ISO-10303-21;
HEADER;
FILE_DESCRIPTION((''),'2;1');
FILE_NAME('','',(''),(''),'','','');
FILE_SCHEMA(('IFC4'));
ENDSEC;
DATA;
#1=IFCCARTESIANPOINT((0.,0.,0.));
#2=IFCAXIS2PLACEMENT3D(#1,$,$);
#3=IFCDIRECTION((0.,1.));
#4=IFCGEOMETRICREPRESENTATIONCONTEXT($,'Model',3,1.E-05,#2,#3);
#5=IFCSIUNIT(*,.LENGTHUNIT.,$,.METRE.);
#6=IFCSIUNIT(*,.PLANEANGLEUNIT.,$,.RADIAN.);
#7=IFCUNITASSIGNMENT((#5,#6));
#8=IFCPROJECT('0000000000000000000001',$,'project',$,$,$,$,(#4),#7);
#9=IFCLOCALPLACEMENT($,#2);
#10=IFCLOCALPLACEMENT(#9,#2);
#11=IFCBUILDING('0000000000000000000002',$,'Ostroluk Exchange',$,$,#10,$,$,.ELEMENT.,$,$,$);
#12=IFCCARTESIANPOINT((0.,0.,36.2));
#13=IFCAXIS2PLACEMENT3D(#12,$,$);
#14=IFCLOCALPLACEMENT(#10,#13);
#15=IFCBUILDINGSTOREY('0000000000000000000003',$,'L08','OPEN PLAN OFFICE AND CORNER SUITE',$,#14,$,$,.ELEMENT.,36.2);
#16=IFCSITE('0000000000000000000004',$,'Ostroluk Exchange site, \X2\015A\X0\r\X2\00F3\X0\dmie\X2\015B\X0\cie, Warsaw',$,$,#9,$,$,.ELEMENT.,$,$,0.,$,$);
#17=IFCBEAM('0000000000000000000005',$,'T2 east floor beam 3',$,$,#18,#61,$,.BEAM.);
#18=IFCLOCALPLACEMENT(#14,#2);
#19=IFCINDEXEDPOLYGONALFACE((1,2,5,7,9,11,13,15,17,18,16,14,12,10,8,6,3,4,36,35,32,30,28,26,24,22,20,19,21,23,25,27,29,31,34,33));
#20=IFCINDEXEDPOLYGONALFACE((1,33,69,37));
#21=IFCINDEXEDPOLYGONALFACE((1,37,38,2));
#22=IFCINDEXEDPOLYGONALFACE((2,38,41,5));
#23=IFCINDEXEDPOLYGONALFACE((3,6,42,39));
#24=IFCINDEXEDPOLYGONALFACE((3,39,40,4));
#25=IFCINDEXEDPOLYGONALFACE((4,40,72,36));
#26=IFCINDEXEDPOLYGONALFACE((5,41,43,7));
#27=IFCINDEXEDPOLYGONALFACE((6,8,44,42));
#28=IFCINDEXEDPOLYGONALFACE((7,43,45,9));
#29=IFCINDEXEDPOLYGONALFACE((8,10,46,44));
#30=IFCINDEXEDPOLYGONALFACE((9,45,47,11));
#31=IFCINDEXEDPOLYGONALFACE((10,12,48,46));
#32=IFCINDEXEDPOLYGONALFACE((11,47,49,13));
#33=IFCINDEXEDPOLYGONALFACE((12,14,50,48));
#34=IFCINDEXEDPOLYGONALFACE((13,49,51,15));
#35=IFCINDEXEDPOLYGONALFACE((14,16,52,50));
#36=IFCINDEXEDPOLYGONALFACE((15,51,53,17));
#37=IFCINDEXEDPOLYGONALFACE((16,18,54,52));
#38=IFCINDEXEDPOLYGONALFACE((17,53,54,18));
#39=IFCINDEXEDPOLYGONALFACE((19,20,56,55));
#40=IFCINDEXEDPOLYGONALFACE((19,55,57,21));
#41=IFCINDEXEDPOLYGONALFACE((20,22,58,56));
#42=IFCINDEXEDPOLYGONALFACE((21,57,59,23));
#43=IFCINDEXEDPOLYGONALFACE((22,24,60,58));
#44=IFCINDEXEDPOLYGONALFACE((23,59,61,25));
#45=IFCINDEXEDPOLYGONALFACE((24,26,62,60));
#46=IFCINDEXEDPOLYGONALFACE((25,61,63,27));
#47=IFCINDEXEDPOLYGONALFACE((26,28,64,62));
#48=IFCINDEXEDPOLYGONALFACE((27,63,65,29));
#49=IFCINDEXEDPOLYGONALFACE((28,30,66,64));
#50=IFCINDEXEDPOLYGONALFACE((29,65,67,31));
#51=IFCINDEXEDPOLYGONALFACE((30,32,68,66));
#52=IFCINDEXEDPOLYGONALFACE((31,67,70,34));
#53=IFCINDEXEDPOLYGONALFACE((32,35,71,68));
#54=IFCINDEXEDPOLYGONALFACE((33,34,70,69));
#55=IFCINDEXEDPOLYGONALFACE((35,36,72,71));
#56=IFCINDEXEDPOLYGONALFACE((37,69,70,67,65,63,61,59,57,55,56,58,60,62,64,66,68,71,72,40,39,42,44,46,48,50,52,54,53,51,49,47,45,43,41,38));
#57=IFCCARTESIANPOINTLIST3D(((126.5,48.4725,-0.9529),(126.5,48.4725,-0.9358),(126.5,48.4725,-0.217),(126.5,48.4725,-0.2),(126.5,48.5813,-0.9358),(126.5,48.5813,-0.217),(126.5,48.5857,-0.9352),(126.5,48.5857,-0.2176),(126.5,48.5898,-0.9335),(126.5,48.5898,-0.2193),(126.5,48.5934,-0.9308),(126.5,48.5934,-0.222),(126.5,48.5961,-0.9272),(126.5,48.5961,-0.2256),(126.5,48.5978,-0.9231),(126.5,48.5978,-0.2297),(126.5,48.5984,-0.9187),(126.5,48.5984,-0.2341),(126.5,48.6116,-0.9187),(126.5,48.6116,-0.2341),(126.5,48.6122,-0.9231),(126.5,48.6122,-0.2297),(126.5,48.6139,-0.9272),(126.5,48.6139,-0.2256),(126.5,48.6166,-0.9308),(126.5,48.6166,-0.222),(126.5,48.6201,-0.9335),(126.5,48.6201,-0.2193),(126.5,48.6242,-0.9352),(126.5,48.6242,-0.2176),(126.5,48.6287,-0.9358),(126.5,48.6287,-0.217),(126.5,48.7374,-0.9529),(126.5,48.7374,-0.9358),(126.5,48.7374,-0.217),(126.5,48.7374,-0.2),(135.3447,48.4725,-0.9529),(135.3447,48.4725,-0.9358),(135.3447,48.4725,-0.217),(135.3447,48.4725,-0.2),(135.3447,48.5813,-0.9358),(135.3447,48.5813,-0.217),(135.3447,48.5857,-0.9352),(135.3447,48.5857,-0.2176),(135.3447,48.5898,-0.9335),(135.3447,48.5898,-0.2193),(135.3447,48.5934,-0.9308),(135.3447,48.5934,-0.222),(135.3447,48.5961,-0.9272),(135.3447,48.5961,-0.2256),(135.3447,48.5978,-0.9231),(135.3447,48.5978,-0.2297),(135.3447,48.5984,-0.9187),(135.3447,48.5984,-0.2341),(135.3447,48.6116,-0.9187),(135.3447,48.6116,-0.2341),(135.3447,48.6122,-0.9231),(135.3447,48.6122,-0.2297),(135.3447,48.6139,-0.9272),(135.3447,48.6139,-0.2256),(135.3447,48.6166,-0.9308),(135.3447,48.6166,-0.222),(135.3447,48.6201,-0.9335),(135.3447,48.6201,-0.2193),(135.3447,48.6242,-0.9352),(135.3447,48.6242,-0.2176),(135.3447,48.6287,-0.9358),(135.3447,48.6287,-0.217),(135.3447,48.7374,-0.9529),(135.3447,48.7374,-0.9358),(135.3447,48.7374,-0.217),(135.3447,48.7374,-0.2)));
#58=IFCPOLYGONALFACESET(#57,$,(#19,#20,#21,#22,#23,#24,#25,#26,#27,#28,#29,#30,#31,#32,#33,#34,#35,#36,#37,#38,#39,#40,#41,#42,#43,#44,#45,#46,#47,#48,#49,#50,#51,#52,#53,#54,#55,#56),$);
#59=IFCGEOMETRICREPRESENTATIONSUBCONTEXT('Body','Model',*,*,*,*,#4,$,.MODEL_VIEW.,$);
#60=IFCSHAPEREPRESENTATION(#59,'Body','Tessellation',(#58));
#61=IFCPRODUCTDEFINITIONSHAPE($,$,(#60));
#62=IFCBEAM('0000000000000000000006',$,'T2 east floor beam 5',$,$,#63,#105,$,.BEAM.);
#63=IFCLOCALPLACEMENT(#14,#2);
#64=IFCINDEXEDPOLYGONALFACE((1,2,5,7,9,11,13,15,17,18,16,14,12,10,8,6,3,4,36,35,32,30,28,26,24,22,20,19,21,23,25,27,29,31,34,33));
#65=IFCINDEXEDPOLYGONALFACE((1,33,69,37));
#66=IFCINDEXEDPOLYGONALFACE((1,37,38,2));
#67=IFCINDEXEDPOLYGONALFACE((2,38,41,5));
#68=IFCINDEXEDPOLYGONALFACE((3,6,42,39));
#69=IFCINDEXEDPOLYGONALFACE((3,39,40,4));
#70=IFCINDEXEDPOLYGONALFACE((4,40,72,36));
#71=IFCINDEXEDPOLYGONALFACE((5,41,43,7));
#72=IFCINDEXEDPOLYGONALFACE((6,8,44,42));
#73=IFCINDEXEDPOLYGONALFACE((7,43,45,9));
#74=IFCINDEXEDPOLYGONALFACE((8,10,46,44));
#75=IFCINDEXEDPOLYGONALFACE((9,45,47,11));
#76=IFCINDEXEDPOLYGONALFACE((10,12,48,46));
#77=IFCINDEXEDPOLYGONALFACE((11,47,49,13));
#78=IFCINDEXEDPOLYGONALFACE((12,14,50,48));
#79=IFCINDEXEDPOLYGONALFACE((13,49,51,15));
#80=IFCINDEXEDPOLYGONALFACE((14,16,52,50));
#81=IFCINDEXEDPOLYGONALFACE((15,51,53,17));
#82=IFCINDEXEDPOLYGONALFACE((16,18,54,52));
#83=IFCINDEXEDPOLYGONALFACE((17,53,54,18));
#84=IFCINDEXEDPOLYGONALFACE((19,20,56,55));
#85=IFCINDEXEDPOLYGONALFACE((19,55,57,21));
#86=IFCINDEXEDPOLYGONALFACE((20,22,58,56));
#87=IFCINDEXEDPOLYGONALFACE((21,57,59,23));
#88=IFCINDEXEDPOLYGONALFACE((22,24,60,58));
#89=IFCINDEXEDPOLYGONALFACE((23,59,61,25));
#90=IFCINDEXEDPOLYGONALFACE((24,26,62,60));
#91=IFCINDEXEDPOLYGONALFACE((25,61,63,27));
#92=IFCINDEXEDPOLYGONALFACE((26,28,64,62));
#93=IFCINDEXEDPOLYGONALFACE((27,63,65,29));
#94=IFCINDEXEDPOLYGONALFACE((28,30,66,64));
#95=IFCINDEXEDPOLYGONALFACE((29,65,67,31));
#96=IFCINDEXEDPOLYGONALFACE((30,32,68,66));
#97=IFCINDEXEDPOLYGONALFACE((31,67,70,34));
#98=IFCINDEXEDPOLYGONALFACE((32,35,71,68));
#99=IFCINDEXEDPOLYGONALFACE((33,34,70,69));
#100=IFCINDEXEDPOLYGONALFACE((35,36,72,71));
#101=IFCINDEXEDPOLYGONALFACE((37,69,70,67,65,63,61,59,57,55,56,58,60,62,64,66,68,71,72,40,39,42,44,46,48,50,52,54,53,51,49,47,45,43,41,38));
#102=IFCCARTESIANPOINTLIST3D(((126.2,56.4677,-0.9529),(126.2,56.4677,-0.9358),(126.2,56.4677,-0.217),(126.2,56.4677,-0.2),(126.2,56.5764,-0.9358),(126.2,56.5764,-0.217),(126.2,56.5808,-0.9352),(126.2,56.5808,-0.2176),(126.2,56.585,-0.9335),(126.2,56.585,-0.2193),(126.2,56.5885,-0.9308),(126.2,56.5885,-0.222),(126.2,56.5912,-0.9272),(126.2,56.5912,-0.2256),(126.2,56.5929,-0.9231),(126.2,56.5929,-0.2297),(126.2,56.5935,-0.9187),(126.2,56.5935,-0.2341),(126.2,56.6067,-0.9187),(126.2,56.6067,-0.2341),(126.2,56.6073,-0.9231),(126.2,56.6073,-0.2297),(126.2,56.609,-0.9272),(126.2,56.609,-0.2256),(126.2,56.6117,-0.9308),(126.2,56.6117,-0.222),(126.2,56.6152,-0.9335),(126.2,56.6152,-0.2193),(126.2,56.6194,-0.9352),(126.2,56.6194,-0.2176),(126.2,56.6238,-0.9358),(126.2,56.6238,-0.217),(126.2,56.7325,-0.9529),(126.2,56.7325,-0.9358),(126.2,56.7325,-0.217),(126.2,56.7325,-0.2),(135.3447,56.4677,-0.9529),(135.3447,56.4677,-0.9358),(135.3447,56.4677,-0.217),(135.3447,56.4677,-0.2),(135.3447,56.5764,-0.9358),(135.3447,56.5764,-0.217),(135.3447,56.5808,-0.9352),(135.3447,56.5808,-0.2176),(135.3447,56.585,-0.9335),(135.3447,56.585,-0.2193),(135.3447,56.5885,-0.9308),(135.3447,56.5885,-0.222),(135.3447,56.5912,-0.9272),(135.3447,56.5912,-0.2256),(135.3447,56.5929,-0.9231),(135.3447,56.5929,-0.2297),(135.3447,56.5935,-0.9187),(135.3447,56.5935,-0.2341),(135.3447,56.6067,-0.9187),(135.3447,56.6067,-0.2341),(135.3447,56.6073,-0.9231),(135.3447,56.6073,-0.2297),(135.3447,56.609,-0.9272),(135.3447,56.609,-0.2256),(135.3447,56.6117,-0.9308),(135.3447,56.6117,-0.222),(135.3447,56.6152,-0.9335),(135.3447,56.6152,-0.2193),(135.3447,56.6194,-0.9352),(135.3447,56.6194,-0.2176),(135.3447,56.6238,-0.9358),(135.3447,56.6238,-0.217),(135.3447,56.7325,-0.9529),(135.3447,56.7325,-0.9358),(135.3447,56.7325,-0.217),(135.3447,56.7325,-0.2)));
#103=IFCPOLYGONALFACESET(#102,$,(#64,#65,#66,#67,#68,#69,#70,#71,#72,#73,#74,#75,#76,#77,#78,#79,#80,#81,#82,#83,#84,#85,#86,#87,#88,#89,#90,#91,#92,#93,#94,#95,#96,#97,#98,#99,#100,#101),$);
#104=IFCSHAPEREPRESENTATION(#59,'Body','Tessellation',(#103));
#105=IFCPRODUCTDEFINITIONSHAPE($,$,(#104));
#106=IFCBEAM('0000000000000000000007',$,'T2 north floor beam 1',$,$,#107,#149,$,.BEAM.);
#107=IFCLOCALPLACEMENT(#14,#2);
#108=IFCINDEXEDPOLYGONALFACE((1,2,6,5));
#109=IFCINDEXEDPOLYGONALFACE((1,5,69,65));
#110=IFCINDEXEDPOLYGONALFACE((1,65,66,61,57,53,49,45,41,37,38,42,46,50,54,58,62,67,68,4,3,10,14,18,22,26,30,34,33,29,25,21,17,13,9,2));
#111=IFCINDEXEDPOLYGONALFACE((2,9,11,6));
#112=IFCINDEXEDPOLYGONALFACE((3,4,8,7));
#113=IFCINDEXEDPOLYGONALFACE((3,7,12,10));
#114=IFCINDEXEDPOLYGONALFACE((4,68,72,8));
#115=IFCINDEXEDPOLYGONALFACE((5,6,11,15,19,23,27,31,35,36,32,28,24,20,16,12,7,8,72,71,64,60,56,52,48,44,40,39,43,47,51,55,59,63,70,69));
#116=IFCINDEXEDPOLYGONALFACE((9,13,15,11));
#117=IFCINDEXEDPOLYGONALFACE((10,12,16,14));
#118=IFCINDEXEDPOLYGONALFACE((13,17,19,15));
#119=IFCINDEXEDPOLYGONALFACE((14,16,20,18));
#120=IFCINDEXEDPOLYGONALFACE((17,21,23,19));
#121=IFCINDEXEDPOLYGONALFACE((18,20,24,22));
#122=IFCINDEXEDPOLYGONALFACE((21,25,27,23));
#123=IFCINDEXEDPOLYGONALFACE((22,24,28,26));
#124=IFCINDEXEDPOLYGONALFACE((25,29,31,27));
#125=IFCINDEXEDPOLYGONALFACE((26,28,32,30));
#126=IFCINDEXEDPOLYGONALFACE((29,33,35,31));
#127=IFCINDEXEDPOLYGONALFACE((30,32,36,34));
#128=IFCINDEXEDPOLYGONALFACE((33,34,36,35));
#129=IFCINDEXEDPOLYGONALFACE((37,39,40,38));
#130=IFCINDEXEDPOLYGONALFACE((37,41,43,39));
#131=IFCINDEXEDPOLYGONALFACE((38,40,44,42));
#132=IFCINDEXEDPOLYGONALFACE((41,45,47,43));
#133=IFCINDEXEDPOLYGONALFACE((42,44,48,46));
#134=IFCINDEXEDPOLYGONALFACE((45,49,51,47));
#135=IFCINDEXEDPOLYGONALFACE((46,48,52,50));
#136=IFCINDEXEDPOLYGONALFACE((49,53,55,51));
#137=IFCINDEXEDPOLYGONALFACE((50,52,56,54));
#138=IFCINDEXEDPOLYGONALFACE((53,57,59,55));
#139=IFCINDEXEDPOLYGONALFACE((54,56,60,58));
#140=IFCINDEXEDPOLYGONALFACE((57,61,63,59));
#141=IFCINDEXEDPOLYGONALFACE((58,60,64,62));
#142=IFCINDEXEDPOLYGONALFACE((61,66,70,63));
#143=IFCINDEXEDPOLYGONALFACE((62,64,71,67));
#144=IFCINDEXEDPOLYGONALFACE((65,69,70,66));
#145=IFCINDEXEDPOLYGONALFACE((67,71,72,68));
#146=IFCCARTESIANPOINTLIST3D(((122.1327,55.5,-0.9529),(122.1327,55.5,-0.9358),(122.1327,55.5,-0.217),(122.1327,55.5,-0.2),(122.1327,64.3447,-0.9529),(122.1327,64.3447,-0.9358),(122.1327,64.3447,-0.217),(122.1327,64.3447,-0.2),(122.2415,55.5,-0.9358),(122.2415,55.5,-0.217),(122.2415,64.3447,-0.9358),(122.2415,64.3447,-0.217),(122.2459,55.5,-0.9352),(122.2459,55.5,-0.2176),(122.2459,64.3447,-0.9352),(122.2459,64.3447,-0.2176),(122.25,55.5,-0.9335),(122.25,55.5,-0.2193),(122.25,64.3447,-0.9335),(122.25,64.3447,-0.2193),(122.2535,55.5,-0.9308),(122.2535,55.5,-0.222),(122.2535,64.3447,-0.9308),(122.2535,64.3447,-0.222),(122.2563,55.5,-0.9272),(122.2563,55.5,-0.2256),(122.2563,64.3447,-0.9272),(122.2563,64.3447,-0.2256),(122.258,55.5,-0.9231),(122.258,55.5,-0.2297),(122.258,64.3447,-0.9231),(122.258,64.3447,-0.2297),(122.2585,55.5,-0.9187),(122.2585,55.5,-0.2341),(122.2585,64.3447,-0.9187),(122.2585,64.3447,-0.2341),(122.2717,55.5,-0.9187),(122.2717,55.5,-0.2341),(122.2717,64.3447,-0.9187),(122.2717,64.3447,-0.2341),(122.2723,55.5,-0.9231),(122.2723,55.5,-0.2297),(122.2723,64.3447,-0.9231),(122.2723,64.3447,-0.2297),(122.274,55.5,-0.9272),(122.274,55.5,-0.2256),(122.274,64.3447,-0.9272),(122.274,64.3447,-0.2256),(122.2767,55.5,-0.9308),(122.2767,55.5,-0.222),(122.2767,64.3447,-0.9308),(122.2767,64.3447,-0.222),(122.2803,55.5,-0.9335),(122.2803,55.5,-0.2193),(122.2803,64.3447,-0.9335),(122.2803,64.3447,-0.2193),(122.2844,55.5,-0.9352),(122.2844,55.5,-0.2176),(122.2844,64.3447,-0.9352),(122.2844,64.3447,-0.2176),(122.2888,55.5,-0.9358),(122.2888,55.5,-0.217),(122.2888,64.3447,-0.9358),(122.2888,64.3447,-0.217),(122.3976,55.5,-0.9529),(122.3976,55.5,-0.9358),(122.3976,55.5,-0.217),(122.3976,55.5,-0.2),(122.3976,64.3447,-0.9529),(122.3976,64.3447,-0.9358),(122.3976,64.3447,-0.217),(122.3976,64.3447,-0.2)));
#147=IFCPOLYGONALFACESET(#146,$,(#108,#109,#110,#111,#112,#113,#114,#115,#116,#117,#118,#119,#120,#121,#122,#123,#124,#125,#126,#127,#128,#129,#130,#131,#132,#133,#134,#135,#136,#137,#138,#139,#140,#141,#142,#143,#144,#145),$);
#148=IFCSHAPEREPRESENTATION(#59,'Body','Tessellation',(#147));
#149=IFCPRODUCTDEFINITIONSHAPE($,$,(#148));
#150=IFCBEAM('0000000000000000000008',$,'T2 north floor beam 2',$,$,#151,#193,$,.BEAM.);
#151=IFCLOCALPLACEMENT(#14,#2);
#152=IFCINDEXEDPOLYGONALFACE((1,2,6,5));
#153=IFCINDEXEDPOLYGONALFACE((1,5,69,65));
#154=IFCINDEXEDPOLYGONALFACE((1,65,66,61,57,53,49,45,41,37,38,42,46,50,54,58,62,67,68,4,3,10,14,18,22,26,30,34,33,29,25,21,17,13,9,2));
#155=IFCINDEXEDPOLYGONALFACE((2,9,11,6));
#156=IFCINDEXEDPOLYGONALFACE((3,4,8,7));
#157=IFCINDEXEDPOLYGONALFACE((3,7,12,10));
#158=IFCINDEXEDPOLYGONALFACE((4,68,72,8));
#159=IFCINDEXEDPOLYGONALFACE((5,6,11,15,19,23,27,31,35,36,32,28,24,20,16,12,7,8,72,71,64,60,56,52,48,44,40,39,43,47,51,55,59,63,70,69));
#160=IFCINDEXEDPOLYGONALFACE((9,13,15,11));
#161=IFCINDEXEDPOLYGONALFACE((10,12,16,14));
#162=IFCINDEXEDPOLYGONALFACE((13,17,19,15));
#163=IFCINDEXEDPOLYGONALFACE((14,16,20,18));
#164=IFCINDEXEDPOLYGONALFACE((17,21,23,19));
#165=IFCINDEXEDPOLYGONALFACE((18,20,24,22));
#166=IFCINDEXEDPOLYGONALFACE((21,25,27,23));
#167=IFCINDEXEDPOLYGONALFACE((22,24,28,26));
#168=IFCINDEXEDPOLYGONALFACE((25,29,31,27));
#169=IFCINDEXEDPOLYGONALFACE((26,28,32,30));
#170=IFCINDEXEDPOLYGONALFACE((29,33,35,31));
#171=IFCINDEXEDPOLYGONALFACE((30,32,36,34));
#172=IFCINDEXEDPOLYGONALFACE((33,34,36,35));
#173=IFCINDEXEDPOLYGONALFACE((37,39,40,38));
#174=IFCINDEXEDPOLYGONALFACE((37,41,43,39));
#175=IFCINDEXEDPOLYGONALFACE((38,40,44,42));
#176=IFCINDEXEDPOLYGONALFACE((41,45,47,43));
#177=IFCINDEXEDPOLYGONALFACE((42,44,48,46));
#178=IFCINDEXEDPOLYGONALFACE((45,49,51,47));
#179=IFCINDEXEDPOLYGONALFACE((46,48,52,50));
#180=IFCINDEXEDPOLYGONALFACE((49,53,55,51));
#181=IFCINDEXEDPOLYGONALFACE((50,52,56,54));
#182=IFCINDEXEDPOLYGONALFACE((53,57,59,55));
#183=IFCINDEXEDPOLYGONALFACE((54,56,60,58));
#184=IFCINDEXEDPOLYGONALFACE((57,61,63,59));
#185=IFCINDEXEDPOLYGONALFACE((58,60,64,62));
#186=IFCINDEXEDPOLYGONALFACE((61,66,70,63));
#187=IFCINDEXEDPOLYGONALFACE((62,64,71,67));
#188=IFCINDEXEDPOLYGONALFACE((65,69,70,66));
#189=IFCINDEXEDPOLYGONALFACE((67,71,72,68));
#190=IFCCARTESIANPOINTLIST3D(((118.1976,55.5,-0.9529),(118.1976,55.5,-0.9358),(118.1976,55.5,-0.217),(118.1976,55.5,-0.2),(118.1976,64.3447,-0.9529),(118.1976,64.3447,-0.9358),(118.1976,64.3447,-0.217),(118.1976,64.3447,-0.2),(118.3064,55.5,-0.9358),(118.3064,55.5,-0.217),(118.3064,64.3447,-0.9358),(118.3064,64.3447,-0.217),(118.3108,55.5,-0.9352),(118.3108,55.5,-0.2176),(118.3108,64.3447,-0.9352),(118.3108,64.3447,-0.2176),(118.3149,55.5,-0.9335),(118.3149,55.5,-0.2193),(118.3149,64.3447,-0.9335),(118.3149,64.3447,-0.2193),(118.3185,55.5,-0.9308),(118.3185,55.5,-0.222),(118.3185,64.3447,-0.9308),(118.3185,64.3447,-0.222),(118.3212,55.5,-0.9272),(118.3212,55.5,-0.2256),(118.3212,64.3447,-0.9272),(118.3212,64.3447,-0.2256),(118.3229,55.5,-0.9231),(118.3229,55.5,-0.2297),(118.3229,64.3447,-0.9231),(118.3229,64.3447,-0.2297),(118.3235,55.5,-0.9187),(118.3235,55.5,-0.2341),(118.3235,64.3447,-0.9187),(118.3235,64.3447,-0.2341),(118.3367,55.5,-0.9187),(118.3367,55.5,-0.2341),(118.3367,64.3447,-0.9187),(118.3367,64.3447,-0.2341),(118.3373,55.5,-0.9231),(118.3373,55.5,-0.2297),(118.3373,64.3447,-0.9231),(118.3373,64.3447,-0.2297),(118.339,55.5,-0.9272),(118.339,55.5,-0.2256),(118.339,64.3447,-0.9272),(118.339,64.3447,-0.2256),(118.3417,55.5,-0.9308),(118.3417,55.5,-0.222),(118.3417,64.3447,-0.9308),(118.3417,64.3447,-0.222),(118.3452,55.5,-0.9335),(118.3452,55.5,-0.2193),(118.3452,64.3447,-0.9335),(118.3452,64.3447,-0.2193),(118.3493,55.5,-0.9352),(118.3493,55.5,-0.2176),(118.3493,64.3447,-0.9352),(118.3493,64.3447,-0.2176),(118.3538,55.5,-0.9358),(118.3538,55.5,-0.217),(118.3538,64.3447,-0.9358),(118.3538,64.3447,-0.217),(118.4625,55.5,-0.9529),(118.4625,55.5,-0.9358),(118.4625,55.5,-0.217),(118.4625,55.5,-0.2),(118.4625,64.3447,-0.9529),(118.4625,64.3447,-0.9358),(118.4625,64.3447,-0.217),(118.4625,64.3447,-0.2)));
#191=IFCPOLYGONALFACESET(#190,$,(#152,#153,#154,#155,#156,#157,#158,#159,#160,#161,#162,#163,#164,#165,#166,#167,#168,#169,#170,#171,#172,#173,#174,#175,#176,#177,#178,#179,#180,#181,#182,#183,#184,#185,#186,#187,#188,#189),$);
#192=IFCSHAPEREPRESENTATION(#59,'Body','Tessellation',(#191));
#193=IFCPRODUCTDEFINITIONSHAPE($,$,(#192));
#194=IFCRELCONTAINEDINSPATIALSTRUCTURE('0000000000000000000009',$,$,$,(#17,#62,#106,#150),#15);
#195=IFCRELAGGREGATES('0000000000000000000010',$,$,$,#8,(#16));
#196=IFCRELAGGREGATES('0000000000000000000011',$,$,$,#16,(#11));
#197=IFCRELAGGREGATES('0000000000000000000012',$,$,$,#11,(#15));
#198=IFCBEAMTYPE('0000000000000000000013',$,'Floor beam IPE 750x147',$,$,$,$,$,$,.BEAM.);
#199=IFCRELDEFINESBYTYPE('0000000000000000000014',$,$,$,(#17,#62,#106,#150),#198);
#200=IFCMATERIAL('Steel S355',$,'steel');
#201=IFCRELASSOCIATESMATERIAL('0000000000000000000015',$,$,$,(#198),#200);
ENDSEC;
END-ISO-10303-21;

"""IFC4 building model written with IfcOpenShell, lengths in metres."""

from ifc_helpers import new_model, si_unit, direction, frame, origin, origin_2d, place, context, subcontext, project, spatial, i_section, extrude, material, material_profile, profile_set, type_object, element, save


model = new_model("IFC4")

# Units and contexts
model_context = context("Model", 3, precision=1e-05, world=origin(), true_north=direction((0.0, 1.0)))
body_context = subcontext(model_context, "Body", "Model", "MODEL_VIEW")
ifc_project = project(units=[si_unit("LENGTHUNIT", "METRE"), si_unit("PLANEANGLEUNIT", "RADIAN")], contexts=[model_context])

# Site, building, storey
site_placement = place(None, origin())
site = spatial("IfcSite", under=ifc_project, at=site_placement, Name="Ostroluk Exchange site, Śródmieście, Warsaw", CompositionType="ELEMENT", RefElevation=0.0)
building_placement = place(site_placement, origin())
building = spatial("IfcBuilding", under=site, at=building_placement, Name="Ostroluk Exchange", CompositionType="ELEMENT")
storey_placement = place(building_placement, frame((0.0, 0.0, 36.2)))
storey = spatial("IfcBuildingStorey", under=building, at=storey_placement, Name="L08", Description="OPEN PLAN OFFICE AND CORNER SUITE", CompositionType="ELEMENT", Elevation=36.2)

# Beams
ifc_material_1 = material(Name="Steel S355", Category="steel")
ifc_material_profile_1 = material_profile(ifc_material_1, i_section(OverallWidth=0.2649, OverallDepth=0.7529, WebThickness=0.0132, FlangeThickness=0.0171, FilletRadius=0.0171, at=origin_2d()), Name="IPE 750x147")
ifc_profile_set_1 = profile_set([ifc_material_profile_1], Name="Steel S355")
beam_type_1 = type_object("IfcBeamType", Name="Floor beam IPE 750x147", PredefinedType="BEAM", material=ifc_profile_set_1)
beam_1_placement = place(storey_placement, frame((126.5, 48.605, -0.5764), z_axis=(1.0, 0.0, 0.0), x_axis=(0.0, 1.0, 0.0)))
element("IfcBeam", 1, at=beam_1_placement, inside=storey, type_object=beam_type_1, Name="T2 east floor beam 3", PredefinedType="BEAM", context=body_context, shape_type="SweptSolid", body=[
    extrude(i_section(OverallWidth=0.2649, OverallDepth=0.7529, WebThickness=0.0132, FlangeThickness=0.0171, FilletRadius=0.0171, at=origin_2d()), origin(), (0.0, 0.0, 1.0), 8.8447),
])
beam_2_placement = place(storey_placement, frame((126.2, 56.6001, -0.5764), z_axis=(1.0, 0.0, 0.0), x_axis=(0.0, 1.0, 0.0)))
element("IfcBeam", 2, at=beam_2_placement, inside=storey, type_object=beam_type_1, Name="T2 east floor beam 5", PredefinedType="BEAM", context=body_context, shape_type="SweptSolid", body=[
    extrude(i_section(OverallWidth=0.2649, OverallDepth=0.7529, WebThickness=0.0132, FlangeThickness=0.0171, FilletRadius=0.0171, at=origin_2d()), origin(), (0.0, 0.0, 1.0), 9.1448),
])
for number, where, z_axis, x_axis, name in (
    (3, (122.2651, 55.5, -0.5764), (0.0, 1.0, 0.0), (-1.0, 0.0, 0.0), "T2 north floor beam 1"),
    (4, (118.3301, 55.5, -0.5764), (0.0, 1.0, 0.0), (-1.0, 0.0, 0.0), "T2 north floor beam 2"),
):
    element("IfcBeam", number, at=place(storey_placement, frame(where, z_axis=z_axis, x_axis=x_axis)), inside=storey, type_object=beam_type_1, Name=name, PredefinedType="BEAM", context=body_context, shape_type="SweptSolid", body=[
        extrude(i_section(OverallWidth=0.2649, OverallDepth=0.7529, WebThickness=0.0132, FlangeThickness=0.0171, FilletRadius=0.0171, at=origin_2d()), origin(), (0.0, 0.0, 1.0), 8.8447),
    ])

save(model, "model.ifc")
